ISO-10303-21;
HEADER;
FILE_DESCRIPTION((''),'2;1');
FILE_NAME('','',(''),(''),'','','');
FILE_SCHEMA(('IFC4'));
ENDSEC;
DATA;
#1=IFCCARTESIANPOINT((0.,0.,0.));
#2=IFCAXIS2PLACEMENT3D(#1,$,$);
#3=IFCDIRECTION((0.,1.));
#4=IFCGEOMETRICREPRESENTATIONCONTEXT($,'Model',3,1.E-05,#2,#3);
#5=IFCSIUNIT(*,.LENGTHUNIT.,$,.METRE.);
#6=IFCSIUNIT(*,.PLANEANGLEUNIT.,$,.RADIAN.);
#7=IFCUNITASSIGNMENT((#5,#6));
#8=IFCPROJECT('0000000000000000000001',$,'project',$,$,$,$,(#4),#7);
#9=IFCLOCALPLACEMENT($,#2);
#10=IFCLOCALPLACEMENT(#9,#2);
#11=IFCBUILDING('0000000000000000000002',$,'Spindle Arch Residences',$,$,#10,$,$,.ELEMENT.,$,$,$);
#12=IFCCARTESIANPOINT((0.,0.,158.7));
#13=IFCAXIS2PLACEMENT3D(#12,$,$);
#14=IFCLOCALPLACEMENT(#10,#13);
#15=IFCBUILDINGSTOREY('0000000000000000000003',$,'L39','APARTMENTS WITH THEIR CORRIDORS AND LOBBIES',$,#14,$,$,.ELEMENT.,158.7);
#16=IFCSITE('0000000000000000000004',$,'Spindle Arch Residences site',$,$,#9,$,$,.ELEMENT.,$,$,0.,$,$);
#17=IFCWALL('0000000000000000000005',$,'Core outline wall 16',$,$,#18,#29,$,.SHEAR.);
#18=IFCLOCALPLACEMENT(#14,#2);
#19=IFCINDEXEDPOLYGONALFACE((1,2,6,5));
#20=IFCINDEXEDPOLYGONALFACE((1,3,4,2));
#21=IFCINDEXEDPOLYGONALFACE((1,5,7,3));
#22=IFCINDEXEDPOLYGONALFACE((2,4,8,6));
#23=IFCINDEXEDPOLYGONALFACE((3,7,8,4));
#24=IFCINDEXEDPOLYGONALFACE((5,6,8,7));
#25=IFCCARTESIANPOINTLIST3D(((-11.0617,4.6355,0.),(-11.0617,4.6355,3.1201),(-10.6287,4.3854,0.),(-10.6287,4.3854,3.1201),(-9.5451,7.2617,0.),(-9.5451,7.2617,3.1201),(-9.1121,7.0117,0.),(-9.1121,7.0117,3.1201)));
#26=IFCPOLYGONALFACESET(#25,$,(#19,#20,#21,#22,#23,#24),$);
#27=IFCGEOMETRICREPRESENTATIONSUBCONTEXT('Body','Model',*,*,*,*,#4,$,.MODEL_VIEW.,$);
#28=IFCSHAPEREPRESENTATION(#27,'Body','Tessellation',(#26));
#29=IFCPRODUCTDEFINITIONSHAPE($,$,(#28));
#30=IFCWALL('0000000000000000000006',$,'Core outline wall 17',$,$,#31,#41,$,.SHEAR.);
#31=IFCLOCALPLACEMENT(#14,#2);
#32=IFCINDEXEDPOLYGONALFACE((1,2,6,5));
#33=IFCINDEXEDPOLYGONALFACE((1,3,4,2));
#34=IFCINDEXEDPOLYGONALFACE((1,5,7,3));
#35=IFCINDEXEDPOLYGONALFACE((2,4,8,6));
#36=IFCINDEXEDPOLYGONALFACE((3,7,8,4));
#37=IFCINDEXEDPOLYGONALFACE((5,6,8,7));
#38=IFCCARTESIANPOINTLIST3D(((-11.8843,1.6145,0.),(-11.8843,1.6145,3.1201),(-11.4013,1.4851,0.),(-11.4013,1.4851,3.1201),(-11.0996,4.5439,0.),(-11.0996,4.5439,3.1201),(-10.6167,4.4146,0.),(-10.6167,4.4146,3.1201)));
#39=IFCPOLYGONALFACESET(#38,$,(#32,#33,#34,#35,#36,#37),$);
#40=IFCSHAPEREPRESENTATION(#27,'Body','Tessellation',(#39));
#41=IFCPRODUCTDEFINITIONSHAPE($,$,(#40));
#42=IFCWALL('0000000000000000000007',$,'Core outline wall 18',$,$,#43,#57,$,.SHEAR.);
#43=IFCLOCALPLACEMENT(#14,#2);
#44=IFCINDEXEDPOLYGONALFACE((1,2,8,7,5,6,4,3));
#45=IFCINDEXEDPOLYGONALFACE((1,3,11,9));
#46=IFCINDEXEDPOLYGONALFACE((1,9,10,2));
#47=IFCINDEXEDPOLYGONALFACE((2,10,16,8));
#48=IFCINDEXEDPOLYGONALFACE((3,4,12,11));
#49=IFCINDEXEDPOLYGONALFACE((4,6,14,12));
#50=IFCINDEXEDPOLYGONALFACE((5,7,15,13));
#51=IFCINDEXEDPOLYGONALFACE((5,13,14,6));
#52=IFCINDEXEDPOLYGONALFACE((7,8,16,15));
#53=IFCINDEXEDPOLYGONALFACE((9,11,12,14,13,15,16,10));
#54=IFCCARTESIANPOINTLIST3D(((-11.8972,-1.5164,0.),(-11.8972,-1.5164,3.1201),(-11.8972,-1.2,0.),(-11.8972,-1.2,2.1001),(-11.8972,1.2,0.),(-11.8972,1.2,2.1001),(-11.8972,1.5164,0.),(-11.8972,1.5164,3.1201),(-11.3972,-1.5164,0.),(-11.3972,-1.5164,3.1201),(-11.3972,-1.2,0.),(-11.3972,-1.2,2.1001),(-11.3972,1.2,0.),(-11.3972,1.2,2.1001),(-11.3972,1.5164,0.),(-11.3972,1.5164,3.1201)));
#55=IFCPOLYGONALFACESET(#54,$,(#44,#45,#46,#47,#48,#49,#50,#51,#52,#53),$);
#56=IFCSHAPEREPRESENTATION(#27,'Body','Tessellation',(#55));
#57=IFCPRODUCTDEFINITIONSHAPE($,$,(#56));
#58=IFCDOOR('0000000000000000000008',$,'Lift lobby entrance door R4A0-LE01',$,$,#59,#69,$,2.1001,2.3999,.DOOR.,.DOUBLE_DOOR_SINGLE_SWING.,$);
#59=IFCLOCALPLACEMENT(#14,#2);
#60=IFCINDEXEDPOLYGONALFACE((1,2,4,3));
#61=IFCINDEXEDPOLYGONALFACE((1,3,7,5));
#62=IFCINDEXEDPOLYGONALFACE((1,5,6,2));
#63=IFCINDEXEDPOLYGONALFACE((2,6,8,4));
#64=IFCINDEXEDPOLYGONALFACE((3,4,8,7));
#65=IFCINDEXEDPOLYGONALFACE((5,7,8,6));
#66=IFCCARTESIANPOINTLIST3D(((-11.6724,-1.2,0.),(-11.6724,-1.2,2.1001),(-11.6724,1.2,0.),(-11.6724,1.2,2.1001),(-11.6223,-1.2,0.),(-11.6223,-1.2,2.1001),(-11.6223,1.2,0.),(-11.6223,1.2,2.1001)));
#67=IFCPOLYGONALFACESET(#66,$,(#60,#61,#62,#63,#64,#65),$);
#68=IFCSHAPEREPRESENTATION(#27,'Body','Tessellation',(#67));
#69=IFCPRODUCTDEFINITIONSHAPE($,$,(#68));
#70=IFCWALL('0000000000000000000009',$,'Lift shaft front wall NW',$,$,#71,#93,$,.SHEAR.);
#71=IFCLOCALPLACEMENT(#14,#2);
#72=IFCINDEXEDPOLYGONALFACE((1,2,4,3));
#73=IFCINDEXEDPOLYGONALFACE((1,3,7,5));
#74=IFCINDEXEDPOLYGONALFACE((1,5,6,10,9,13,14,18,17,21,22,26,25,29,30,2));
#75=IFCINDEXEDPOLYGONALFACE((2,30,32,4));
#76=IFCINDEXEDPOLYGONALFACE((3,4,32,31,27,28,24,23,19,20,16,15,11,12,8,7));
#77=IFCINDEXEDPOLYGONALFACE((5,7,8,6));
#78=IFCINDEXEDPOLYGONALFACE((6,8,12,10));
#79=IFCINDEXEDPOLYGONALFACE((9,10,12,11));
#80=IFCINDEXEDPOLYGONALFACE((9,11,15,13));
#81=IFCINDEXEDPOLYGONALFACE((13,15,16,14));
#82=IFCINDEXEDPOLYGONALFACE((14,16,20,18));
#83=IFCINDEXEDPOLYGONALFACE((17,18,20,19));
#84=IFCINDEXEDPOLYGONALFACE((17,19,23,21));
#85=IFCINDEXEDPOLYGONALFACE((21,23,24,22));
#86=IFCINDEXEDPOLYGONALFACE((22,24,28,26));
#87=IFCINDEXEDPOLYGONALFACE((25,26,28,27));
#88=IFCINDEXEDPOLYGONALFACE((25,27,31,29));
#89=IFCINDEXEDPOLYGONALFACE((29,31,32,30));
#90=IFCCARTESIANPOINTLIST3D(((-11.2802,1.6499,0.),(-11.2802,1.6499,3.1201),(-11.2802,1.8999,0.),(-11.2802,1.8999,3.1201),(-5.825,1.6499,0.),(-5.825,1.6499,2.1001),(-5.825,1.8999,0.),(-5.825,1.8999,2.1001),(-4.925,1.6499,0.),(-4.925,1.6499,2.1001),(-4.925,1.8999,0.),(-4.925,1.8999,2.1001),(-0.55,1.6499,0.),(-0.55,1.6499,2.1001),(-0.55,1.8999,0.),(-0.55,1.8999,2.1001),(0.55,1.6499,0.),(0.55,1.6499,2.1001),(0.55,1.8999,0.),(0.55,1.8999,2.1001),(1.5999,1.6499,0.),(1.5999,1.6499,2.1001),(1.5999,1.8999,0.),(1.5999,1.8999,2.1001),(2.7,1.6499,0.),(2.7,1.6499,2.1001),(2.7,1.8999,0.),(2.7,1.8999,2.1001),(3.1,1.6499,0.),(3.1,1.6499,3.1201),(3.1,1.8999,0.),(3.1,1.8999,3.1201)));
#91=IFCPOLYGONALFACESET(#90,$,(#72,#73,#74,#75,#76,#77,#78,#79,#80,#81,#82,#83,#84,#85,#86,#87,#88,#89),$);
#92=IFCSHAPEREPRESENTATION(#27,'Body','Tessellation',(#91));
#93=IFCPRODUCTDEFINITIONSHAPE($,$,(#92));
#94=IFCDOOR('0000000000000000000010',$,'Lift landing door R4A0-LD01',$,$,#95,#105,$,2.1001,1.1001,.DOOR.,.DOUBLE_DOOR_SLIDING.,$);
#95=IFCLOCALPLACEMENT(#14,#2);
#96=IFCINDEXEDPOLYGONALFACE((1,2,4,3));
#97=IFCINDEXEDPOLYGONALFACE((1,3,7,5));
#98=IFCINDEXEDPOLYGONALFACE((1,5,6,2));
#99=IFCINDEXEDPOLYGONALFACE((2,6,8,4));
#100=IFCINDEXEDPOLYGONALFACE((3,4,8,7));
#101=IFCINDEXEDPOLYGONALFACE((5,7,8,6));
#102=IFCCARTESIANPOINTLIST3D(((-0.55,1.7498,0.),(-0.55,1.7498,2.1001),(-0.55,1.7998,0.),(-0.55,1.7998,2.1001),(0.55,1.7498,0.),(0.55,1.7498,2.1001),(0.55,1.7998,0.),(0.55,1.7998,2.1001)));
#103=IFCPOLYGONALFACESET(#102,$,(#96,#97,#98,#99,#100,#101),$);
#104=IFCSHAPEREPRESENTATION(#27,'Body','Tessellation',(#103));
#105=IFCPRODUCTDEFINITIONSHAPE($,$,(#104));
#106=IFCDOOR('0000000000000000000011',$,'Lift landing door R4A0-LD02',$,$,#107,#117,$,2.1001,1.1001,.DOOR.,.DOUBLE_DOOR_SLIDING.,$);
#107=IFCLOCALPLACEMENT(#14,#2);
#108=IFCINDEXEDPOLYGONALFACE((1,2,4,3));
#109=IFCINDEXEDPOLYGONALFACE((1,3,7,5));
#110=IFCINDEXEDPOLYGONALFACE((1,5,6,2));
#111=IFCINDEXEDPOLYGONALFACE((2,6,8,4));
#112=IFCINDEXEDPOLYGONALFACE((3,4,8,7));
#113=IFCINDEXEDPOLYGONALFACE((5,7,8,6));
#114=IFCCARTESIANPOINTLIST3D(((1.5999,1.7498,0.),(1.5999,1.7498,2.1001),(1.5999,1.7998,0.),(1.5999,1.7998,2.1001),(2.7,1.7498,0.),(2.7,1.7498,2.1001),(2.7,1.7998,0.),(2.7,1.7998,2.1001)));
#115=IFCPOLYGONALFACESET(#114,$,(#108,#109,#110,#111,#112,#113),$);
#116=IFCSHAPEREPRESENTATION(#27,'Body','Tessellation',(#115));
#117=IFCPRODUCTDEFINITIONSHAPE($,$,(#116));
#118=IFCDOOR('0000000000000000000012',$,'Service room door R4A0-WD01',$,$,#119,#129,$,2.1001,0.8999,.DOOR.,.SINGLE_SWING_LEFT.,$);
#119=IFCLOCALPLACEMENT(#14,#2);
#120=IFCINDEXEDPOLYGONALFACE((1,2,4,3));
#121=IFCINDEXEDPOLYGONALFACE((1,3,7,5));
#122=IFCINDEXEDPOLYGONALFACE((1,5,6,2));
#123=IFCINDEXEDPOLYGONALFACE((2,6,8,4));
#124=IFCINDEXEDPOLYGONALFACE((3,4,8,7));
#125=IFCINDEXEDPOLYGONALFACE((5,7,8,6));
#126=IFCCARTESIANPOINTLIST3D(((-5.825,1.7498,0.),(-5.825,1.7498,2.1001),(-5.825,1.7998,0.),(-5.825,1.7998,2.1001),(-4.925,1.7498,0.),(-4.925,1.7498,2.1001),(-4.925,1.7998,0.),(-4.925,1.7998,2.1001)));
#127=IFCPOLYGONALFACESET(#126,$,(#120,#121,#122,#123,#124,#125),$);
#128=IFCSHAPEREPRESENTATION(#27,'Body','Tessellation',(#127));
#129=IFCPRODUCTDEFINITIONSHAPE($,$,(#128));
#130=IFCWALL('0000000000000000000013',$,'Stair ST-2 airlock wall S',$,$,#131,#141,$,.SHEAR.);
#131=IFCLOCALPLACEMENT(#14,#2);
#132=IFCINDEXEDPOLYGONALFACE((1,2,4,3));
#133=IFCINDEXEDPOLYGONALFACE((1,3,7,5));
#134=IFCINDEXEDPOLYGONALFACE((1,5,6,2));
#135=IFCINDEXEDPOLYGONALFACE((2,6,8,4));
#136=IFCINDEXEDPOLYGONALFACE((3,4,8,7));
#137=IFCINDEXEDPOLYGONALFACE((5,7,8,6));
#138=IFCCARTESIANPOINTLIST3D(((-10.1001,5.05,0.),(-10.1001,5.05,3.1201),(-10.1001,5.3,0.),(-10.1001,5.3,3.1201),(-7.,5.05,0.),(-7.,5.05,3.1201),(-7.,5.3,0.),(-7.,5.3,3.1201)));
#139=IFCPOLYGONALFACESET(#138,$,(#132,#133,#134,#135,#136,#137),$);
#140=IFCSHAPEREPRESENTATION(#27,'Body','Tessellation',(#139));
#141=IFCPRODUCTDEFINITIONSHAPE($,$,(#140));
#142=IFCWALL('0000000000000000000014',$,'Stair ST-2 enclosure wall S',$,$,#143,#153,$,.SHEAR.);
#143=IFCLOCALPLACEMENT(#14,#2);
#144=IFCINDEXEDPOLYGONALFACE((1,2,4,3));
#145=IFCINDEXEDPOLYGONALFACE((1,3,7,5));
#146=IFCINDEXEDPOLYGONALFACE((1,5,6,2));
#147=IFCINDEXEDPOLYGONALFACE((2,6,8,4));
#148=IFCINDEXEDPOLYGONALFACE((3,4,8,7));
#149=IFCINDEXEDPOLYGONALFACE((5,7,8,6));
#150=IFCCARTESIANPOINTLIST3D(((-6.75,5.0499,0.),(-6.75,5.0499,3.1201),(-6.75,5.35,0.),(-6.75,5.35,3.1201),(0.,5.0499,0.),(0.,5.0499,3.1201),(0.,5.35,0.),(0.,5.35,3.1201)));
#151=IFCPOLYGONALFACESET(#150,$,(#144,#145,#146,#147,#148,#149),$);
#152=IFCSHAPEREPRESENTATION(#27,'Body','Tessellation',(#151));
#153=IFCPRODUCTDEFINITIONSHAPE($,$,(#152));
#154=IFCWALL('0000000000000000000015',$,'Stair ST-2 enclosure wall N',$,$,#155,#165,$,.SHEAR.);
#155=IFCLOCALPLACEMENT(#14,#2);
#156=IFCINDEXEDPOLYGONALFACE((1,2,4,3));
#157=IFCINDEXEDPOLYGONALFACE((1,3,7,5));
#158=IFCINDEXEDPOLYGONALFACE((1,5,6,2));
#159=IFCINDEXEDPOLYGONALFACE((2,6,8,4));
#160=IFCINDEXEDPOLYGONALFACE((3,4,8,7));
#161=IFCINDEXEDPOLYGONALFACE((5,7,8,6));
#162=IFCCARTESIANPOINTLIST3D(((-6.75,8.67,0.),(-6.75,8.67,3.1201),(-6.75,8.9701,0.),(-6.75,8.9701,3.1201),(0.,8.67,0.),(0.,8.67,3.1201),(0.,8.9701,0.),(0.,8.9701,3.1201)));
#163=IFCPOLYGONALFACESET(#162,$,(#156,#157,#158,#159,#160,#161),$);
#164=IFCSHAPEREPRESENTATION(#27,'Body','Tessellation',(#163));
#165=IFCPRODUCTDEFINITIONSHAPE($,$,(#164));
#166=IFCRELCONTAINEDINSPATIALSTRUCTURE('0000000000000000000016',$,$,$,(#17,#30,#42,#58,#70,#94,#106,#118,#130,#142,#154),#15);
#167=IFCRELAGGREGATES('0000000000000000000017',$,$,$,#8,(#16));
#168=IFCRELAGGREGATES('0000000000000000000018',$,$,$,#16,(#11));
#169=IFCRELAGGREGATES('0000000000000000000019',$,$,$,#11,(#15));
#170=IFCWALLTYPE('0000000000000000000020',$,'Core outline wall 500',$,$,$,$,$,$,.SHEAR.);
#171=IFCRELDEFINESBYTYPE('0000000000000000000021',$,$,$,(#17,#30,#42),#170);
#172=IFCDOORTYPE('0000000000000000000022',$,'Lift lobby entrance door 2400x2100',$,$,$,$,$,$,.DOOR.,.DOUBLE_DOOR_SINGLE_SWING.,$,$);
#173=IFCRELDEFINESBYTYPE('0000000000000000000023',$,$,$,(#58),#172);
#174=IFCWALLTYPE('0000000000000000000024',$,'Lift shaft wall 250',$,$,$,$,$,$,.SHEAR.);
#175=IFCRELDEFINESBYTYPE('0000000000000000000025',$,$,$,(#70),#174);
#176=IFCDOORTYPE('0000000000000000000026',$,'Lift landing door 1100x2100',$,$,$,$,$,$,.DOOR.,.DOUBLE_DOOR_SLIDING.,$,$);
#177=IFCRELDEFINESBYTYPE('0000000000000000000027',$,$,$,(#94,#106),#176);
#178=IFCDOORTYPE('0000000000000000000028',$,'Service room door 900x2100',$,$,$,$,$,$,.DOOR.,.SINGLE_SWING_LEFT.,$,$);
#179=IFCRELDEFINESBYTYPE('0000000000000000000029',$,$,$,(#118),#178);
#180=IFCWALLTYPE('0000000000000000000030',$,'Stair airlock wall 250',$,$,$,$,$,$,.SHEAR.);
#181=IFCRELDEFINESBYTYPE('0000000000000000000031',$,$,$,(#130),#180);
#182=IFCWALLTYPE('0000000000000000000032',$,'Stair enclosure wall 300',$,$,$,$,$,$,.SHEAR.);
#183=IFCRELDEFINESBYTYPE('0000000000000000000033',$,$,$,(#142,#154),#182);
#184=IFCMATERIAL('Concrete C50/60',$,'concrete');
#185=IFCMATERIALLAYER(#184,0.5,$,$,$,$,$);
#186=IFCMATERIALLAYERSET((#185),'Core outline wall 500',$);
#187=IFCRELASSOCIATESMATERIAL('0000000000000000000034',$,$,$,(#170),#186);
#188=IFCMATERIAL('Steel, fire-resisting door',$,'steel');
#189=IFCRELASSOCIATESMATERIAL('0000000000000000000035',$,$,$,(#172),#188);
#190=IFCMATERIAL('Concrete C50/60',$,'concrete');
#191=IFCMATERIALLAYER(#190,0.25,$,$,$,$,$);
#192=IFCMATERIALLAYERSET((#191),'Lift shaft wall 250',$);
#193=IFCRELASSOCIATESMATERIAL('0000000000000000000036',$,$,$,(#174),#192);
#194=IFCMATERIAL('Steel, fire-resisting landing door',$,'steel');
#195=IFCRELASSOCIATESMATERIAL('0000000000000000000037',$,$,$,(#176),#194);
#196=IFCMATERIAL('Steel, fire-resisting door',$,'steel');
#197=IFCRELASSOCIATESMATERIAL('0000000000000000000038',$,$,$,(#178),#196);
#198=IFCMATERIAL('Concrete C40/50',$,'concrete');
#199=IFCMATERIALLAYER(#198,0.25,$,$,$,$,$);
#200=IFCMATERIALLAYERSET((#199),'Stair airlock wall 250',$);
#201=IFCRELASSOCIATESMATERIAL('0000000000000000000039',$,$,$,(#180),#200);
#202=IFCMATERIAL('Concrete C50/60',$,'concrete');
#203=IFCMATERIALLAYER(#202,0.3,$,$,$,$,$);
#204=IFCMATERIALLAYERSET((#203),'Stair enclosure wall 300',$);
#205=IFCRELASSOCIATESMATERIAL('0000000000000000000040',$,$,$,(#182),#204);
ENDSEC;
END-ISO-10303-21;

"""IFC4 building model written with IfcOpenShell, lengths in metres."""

from ifc_helpers import new_model, si_unit, direction, frame, frame_2d, origin, place, context, subcontext, project, spatial, rectangle, extrude, material, layer, layer_set, type_object, element, fill, save


model = new_model("IFC4")

# Units and contexts
model_context = context("Model", 3, precision=1e-05, world=origin(), true_north=direction((0.0, 1.0)))
body_context = subcontext(model_context, "Body", "Model", "MODEL_VIEW")
ifc_project = project(units=[si_unit("LENGTHUNIT", "METRE"), si_unit("PLANEANGLEUNIT", "RADIAN")], contexts=[model_context])

# Site, building, storey
site_placement = place(None, origin())
site = spatial("IfcSite", under=ifc_project, at=site_placement, Name="Spindle Arch Residences site", CompositionType="ELEMENT", RefElevation=0.0)
building_placement = place(site_placement, origin())
building = spatial("IfcBuilding", under=site, at=building_placement, Name="Spindle Arch Residences", CompositionType="ELEMENT")
storey_placement = place(building_placement, frame((0.0, 0.0, 158.7)))
storey = spatial("IfcBuildingStorey", under=building, at=storey_placement, Name="L39", Description="APARTMENTS WITH THEIR CORRIDORS AND LOBBIES", CompositionType="ELEMENT", Elevation=158.7)

# Walls
ifc_material_1 = material(Name="Concrete C50/60", Category="concrete")
ifc_layer_1 = layer(ifc_material_1, 0.5)
ifc_layer_set_1 = layer_set([ifc_layer_1], Name="Core outline wall 500")
wall_type_1 = type_object("IfcWallType", Name="Core outline wall 500", PredefinedType="SHEAR", material=ifc_layer_set_1)
for number, where, z_axis, x_axis, name in (
    (1, (-9.3286, 7.1367, 0.0), (0.0, 0.0, 1.0), (-0.500087, -0.865975, 0.0), "Core outline wall 16"),
    (2, (-10.8582, 4.4792, 0.0), (0.0, 0.0, 1.0), (-0.258735, -0.965948, 0.0), "Core outline wall 17"),
):
    element("IfcWall", number, at=place(storey_placement, frame(where, z_axis=z_axis, x_axis=x_axis)), inside=storey, type_object=wall_type_1, Name=name, PredefinedType="SHEAR", context=body_context, shape_type="SweptSolid", body=[
        extrude(rectangle(XDim=3.0327, YDim=0.5, at=frame_2d((1.5164, 0.0))), origin(), (0.0, 0.0, 1.0), 3.1201),
    ])

# Wall, opening, door
wall_1_placement = place(storey_placement, frame((-11.6472, 1.5164, 0.0), z_axis=(0.0, 0.0, 1.0), x_axis=(0.0, -1.0, 0.0)))
wall_1 = element("IfcWall", 3, at=wall_1_placement, inside=storey, type_object=wall_type_1, Name="Core outline wall 18", PredefinedType="SHEAR", context=body_context, shape_type="SweptSolid", body=[
    extrude(rectangle(XDim=3.0327, YDim=0.5, at=frame_2d((1.5164, 0.0))), origin(), (0.0, 0.0, 1.0), 3.1201),
])
opening_1_placement = place(wall_1_placement, frame((0.3164, 0.0, 0.0)))
opening_1 = element("IfcOpeningElement", 4, at=opening_1_placement, cuts=wall_1, PredefinedType="OPENING", context=body_context, shape_type="SweptSolid", body=[
    extrude(rectangle(XDim=2.3999, YDim=2.1001, at=frame_2d((1.2, 1.05))), frame((0.0, 0.26, 0.0), z_axis=(0.0, -1.0, 0.0), x_axis=(1.0, 0.0, 0.0)), (0.0, 0.0, 1.0), 0.52),
])
ifc_material_2 = material(Name="Steel, fire-resisting door", Category="steel")
door_type_1 = type_object("IfcDoorType", Name="Lift lobby entrance door 2400x2100", OperationType="DOUBLE_DOOR_SINGLE_SWING", PredefinedType="DOOR", material=ifc_material_2)
door_1_placement = place(opening_1_placement, origin())
door_1 = element("IfcDoor", 5, at=door_1_placement, inside=storey, type_object=door_type_1, Name="Lift lobby entrance door R4A0-LE01", OperationType="DOUBLE_DOOR_SINGLE_SWING", OverallHeight=2.1001, OverallWidth=2.3999, PredefinedType="DOOR", context=body_context, shape_type="SweptSolid", body=[
    extrude(rectangle(XDim=2.3999, YDim=2.1001, at=frame_2d((1.2, 1.05))), frame((0.0, 0.0249, 0.0), z_axis=(0.0, -1.0, 0.0), x_axis=(1.0, 0.0, 0.0)), (0.0, 0.0, 1.0), 0.05),
])
fill(opening_1, door_1)

# Wall, openings, doors
ifc_material_3 = material(Name="Concrete C50/60", Category="concrete")
ifc_layer_2 = layer(ifc_material_3, 0.25)
ifc_layer_set_2 = layer_set([ifc_layer_2], Name="Lift shaft wall 250")
wall_type_2 = type_object("IfcWallType", Name="Lift shaft wall 250", PredefinedType="SHEAR", material=ifc_layer_set_2)
wall_2_placement = place(storey_placement, frame((-11.28, 1.7749, 0.0), z_axis=(0.0, 0.0, 1.0), x_axis=(1.0, 0.0, 0.0)))
wall_2 = element("IfcWall", 6, at=wall_2_placement, inside=storey, type_object=wall_type_2, Name="Lift shaft front wall NW", PredefinedType="SHEAR", context=body_context, shape_type="SweptSolid", body=[
    extrude(rectangle(XDim=14.3801, YDim=0.25, at=frame_2d((7.1899, 0.0))), origin(), (0.0, 0.0, 1.0), 3.1201),
])
opening_2_placement = place(wall_2_placement, frame((10.73, 0.0, 0.0)))
opening_2 = element("IfcOpeningElement", 7, at=opening_2_placement, cuts=wall_2, PredefinedType="OPENING", context=body_context, shape_type="SweptSolid", body=[
    extrude(rectangle(XDim=1.1001, YDim=2.1001, at=frame_2d((0.55, 1.05))), frame((0.0, 0.135, 0.0), z_axis=(0.0, -1.0, 0.0), x_axis=(1.0, 0.0, 0.0)), (0.0, 0.0, 1.0), 0.27),
])
opening_3_placement = place(wall_2_placement, frame((12.8799, 0.0, 0.0)))
opening_3 = element("IfcOpeningElement", 8, at=opening_3_placement, cuts=wall_2, PredefinedType="OPENING", context=body_context, shape_type="SweptSolid", body=[
    extrude(rectangle(XDim=1.1001, YDim=2.1001, at=frame_2d((0.55, 1.05))), frame((0.0, 0.135, 0.0), z_axis=(0.0, -1.0, 0.0), x_axis=(1.0, 0.0, 0.0)), (0.0, 0.0, 1.0), 0.27),
])
opening_4_placement = place(wall_2_placement, frame((5.4551, 0.0, 0.0)))
opening_4 = element("IfcOpeningElement", 9, at=opening_4_placement, cuts=wall_2, PredefinedType="OPENING", context=body_context, shape_type="SweptSolid", body=[
    extrude(rectangle(XDim=0.8999, YDim=2.1001, at=frame_2d((0.45, 1.05))), frame((0.0, 0.135, 0.0), z_axis=(0.0, -1.0, 0.0), x_axis=(1.0, 0.0, 0.0)), (0.0, 0.0, 1.0), 0.27),
])
ifc_material_4 = material(Name="Steel, fire-resisting landing door", Category="steel")
door_type_2 = type_object("IfcDoorType", Name="Lift landing door 1100x2100", OperationType="DOUBLE_DOOR_SLIDING", PredefinedType="DOOR", material=ifc_material_4)
door_2_placement = place(opening_2_placement, origin())
door_2 = element("IfcDoor", 10, at=door_2_placement, inside=storey, type_object=door_type_2, Name="Lift landing door R4A0-LD01", OperationType="DOUBLE_DOOR_SLIDING", OverallHeight=2.1001, OverallWidth=1.1001, PredefinedType="DOOR", context=body_context, shape_type="SweptSolid", body=[
    extrude(rectangle(XDim=1.1001, YDim=2.1001, at=frame_2d((0.55, 1.05))), frame((0.0, 0.0249, 0.0), z_axis=(0.0, -1.0, 0.0), x_axis=(1.0, 0.0, 0.0)), (0.0, 0.0, 1.0), 0.05),
])
fill(opening_2, door_2)
door_3_placement = place(opening_3_placement, origin())
door_3 = element("IfcDoor", 11, at=door_3_placement, inside=storey, type_object=door_type_2, Name="Lift landing door R4A0-LD02", OperationType="DOUBLE_DOOR_SLIDING", OverallHeight=2.1001, OverallWidth=1.1001, PredefinedType="DOOR", context=body_context, shape_type="SweptSolid", body=[
    extrude(rectangle(XDim=1.1001, YDim=2.1001, at=frame_2d((0.55, 1.05))), frame((0.0, 0.0249, 0.0), z_axis=(0.0, -1.0, 0.0), x_axis=(1.0, 0.0, 0.0)), (0.0, 0.0, 1.0), 0.05),
])
fill(opening_3, door_3)
ifc_material_5 = material(Name="Steel, fire-resisting door", Category="steel")
door_type_3 = type_object("IfcDoorType", Name="Service room door 900x2100", OperationType="SINGLE_SWING_LEFT", PredefinedType="DOOR", material=ifc_material_5)
door_4_placement = place(opening_4_placement, origin())
door_4 = element("IfcDoor", 12, at=door_4_placement, inside=storey, type_object=door_type_3, Name="Service room door R4A0-WD01", OperationType="SINGLE_SWING_LEFT", OverallHeight=2.1001, OverallWidth=0.8999, PredefinedType="DOOR", context=body_context, shape_type="SweptSolid", body=[
    extrude(rectangle(XDim=0.8999, YDim=2.1001, at=frame_2d((0.45, 1.05))), frame((0.0, 0.0249, 0.0), z_axis=(0.0, -1.0, 0.0), x_axis=(1.0, 0.0, 0.0)), (0.0, 0.0, 1.0), 0.05),
])
fill(opening_4, door_4)

# Walls
ifc_material_6 = material(Name="Concrete C40/50", Category="concrete")
ifc_layer_3 = layer(ifc_material_6, 0.25)
ifc_layer_set_3 = layer_set([ifc_layer_3], Name="Stair airlock wall 250")
wall_type_3 = type_object("IfcWallType", Name="Stair airlock wall 250", PredefinedType="SHEAR", material=ifc_layer_set_3)
wall_3_placement = place(storey_placement, frame((-7.0, 5.175, 0.0), z_axis=(0.0, 0.0, 1.0), x_axis=(-1.0, 0.0, 0.0)))
element("IfcWall", 13, at=wall_3_placement, inside=storey, type_object=wall_type_3, Name="Stair ST-2 airlock wall S", PredefinedType="SHEAR", context=body_context, shape_type="SweptSolid", body=[
    extrude(rectangle(XDim=3.1001, YDim=0.25, at=frame_2d((1.55, 0.0))), origin(), (0.0, 0.0, 1.0), 3.1201),
])
ifc_material_7 = material(Name="Concrete C50/60", Category="concrete")
ifc_layer_4 = layer(ifc_material_7, 0.3)
ifc_layer_set_4 = layer_set([ifc_layer_4], Name="Stair enclosure wall 300")
wall_type_4 = type_object("IfcWallType", Name="Stair enclosure wall 300", PredefinedType="SHEAR", material=ifc_layer_set_4)
for number, where, z_axis, x_axis, name in (
    (14, (-6.75, 5.2, 0.0), (0.0, 0.0, 1.0), (1.0, 0.0, 0.0), "Stair ST-2 enclosure wall S"),
    (15, (-6.75, 8.8201, 0.0), (0.0, 0.0, 1.0), (1.0, 0.0, 0.0), "Stair ST-2 enclosure wall N"),
):
    element("IfcWall", number, at=place(storey_placement, frame(where, z_axis=z_axis, x_axis=x_axis)), inside=storey, type_object=wall_type_4, Name=name, PredefinedType="SHEAR", context=body_context, shape_type="SweptSolid", body=[
        extrude(rectangle(XDim=6.75, YDim=0.3, at=frame_2d((3.375, 0.0))), origin(), (0.0, 0.0, 1.0), 3.1201),
    ])

save(model, "model.ifc")
